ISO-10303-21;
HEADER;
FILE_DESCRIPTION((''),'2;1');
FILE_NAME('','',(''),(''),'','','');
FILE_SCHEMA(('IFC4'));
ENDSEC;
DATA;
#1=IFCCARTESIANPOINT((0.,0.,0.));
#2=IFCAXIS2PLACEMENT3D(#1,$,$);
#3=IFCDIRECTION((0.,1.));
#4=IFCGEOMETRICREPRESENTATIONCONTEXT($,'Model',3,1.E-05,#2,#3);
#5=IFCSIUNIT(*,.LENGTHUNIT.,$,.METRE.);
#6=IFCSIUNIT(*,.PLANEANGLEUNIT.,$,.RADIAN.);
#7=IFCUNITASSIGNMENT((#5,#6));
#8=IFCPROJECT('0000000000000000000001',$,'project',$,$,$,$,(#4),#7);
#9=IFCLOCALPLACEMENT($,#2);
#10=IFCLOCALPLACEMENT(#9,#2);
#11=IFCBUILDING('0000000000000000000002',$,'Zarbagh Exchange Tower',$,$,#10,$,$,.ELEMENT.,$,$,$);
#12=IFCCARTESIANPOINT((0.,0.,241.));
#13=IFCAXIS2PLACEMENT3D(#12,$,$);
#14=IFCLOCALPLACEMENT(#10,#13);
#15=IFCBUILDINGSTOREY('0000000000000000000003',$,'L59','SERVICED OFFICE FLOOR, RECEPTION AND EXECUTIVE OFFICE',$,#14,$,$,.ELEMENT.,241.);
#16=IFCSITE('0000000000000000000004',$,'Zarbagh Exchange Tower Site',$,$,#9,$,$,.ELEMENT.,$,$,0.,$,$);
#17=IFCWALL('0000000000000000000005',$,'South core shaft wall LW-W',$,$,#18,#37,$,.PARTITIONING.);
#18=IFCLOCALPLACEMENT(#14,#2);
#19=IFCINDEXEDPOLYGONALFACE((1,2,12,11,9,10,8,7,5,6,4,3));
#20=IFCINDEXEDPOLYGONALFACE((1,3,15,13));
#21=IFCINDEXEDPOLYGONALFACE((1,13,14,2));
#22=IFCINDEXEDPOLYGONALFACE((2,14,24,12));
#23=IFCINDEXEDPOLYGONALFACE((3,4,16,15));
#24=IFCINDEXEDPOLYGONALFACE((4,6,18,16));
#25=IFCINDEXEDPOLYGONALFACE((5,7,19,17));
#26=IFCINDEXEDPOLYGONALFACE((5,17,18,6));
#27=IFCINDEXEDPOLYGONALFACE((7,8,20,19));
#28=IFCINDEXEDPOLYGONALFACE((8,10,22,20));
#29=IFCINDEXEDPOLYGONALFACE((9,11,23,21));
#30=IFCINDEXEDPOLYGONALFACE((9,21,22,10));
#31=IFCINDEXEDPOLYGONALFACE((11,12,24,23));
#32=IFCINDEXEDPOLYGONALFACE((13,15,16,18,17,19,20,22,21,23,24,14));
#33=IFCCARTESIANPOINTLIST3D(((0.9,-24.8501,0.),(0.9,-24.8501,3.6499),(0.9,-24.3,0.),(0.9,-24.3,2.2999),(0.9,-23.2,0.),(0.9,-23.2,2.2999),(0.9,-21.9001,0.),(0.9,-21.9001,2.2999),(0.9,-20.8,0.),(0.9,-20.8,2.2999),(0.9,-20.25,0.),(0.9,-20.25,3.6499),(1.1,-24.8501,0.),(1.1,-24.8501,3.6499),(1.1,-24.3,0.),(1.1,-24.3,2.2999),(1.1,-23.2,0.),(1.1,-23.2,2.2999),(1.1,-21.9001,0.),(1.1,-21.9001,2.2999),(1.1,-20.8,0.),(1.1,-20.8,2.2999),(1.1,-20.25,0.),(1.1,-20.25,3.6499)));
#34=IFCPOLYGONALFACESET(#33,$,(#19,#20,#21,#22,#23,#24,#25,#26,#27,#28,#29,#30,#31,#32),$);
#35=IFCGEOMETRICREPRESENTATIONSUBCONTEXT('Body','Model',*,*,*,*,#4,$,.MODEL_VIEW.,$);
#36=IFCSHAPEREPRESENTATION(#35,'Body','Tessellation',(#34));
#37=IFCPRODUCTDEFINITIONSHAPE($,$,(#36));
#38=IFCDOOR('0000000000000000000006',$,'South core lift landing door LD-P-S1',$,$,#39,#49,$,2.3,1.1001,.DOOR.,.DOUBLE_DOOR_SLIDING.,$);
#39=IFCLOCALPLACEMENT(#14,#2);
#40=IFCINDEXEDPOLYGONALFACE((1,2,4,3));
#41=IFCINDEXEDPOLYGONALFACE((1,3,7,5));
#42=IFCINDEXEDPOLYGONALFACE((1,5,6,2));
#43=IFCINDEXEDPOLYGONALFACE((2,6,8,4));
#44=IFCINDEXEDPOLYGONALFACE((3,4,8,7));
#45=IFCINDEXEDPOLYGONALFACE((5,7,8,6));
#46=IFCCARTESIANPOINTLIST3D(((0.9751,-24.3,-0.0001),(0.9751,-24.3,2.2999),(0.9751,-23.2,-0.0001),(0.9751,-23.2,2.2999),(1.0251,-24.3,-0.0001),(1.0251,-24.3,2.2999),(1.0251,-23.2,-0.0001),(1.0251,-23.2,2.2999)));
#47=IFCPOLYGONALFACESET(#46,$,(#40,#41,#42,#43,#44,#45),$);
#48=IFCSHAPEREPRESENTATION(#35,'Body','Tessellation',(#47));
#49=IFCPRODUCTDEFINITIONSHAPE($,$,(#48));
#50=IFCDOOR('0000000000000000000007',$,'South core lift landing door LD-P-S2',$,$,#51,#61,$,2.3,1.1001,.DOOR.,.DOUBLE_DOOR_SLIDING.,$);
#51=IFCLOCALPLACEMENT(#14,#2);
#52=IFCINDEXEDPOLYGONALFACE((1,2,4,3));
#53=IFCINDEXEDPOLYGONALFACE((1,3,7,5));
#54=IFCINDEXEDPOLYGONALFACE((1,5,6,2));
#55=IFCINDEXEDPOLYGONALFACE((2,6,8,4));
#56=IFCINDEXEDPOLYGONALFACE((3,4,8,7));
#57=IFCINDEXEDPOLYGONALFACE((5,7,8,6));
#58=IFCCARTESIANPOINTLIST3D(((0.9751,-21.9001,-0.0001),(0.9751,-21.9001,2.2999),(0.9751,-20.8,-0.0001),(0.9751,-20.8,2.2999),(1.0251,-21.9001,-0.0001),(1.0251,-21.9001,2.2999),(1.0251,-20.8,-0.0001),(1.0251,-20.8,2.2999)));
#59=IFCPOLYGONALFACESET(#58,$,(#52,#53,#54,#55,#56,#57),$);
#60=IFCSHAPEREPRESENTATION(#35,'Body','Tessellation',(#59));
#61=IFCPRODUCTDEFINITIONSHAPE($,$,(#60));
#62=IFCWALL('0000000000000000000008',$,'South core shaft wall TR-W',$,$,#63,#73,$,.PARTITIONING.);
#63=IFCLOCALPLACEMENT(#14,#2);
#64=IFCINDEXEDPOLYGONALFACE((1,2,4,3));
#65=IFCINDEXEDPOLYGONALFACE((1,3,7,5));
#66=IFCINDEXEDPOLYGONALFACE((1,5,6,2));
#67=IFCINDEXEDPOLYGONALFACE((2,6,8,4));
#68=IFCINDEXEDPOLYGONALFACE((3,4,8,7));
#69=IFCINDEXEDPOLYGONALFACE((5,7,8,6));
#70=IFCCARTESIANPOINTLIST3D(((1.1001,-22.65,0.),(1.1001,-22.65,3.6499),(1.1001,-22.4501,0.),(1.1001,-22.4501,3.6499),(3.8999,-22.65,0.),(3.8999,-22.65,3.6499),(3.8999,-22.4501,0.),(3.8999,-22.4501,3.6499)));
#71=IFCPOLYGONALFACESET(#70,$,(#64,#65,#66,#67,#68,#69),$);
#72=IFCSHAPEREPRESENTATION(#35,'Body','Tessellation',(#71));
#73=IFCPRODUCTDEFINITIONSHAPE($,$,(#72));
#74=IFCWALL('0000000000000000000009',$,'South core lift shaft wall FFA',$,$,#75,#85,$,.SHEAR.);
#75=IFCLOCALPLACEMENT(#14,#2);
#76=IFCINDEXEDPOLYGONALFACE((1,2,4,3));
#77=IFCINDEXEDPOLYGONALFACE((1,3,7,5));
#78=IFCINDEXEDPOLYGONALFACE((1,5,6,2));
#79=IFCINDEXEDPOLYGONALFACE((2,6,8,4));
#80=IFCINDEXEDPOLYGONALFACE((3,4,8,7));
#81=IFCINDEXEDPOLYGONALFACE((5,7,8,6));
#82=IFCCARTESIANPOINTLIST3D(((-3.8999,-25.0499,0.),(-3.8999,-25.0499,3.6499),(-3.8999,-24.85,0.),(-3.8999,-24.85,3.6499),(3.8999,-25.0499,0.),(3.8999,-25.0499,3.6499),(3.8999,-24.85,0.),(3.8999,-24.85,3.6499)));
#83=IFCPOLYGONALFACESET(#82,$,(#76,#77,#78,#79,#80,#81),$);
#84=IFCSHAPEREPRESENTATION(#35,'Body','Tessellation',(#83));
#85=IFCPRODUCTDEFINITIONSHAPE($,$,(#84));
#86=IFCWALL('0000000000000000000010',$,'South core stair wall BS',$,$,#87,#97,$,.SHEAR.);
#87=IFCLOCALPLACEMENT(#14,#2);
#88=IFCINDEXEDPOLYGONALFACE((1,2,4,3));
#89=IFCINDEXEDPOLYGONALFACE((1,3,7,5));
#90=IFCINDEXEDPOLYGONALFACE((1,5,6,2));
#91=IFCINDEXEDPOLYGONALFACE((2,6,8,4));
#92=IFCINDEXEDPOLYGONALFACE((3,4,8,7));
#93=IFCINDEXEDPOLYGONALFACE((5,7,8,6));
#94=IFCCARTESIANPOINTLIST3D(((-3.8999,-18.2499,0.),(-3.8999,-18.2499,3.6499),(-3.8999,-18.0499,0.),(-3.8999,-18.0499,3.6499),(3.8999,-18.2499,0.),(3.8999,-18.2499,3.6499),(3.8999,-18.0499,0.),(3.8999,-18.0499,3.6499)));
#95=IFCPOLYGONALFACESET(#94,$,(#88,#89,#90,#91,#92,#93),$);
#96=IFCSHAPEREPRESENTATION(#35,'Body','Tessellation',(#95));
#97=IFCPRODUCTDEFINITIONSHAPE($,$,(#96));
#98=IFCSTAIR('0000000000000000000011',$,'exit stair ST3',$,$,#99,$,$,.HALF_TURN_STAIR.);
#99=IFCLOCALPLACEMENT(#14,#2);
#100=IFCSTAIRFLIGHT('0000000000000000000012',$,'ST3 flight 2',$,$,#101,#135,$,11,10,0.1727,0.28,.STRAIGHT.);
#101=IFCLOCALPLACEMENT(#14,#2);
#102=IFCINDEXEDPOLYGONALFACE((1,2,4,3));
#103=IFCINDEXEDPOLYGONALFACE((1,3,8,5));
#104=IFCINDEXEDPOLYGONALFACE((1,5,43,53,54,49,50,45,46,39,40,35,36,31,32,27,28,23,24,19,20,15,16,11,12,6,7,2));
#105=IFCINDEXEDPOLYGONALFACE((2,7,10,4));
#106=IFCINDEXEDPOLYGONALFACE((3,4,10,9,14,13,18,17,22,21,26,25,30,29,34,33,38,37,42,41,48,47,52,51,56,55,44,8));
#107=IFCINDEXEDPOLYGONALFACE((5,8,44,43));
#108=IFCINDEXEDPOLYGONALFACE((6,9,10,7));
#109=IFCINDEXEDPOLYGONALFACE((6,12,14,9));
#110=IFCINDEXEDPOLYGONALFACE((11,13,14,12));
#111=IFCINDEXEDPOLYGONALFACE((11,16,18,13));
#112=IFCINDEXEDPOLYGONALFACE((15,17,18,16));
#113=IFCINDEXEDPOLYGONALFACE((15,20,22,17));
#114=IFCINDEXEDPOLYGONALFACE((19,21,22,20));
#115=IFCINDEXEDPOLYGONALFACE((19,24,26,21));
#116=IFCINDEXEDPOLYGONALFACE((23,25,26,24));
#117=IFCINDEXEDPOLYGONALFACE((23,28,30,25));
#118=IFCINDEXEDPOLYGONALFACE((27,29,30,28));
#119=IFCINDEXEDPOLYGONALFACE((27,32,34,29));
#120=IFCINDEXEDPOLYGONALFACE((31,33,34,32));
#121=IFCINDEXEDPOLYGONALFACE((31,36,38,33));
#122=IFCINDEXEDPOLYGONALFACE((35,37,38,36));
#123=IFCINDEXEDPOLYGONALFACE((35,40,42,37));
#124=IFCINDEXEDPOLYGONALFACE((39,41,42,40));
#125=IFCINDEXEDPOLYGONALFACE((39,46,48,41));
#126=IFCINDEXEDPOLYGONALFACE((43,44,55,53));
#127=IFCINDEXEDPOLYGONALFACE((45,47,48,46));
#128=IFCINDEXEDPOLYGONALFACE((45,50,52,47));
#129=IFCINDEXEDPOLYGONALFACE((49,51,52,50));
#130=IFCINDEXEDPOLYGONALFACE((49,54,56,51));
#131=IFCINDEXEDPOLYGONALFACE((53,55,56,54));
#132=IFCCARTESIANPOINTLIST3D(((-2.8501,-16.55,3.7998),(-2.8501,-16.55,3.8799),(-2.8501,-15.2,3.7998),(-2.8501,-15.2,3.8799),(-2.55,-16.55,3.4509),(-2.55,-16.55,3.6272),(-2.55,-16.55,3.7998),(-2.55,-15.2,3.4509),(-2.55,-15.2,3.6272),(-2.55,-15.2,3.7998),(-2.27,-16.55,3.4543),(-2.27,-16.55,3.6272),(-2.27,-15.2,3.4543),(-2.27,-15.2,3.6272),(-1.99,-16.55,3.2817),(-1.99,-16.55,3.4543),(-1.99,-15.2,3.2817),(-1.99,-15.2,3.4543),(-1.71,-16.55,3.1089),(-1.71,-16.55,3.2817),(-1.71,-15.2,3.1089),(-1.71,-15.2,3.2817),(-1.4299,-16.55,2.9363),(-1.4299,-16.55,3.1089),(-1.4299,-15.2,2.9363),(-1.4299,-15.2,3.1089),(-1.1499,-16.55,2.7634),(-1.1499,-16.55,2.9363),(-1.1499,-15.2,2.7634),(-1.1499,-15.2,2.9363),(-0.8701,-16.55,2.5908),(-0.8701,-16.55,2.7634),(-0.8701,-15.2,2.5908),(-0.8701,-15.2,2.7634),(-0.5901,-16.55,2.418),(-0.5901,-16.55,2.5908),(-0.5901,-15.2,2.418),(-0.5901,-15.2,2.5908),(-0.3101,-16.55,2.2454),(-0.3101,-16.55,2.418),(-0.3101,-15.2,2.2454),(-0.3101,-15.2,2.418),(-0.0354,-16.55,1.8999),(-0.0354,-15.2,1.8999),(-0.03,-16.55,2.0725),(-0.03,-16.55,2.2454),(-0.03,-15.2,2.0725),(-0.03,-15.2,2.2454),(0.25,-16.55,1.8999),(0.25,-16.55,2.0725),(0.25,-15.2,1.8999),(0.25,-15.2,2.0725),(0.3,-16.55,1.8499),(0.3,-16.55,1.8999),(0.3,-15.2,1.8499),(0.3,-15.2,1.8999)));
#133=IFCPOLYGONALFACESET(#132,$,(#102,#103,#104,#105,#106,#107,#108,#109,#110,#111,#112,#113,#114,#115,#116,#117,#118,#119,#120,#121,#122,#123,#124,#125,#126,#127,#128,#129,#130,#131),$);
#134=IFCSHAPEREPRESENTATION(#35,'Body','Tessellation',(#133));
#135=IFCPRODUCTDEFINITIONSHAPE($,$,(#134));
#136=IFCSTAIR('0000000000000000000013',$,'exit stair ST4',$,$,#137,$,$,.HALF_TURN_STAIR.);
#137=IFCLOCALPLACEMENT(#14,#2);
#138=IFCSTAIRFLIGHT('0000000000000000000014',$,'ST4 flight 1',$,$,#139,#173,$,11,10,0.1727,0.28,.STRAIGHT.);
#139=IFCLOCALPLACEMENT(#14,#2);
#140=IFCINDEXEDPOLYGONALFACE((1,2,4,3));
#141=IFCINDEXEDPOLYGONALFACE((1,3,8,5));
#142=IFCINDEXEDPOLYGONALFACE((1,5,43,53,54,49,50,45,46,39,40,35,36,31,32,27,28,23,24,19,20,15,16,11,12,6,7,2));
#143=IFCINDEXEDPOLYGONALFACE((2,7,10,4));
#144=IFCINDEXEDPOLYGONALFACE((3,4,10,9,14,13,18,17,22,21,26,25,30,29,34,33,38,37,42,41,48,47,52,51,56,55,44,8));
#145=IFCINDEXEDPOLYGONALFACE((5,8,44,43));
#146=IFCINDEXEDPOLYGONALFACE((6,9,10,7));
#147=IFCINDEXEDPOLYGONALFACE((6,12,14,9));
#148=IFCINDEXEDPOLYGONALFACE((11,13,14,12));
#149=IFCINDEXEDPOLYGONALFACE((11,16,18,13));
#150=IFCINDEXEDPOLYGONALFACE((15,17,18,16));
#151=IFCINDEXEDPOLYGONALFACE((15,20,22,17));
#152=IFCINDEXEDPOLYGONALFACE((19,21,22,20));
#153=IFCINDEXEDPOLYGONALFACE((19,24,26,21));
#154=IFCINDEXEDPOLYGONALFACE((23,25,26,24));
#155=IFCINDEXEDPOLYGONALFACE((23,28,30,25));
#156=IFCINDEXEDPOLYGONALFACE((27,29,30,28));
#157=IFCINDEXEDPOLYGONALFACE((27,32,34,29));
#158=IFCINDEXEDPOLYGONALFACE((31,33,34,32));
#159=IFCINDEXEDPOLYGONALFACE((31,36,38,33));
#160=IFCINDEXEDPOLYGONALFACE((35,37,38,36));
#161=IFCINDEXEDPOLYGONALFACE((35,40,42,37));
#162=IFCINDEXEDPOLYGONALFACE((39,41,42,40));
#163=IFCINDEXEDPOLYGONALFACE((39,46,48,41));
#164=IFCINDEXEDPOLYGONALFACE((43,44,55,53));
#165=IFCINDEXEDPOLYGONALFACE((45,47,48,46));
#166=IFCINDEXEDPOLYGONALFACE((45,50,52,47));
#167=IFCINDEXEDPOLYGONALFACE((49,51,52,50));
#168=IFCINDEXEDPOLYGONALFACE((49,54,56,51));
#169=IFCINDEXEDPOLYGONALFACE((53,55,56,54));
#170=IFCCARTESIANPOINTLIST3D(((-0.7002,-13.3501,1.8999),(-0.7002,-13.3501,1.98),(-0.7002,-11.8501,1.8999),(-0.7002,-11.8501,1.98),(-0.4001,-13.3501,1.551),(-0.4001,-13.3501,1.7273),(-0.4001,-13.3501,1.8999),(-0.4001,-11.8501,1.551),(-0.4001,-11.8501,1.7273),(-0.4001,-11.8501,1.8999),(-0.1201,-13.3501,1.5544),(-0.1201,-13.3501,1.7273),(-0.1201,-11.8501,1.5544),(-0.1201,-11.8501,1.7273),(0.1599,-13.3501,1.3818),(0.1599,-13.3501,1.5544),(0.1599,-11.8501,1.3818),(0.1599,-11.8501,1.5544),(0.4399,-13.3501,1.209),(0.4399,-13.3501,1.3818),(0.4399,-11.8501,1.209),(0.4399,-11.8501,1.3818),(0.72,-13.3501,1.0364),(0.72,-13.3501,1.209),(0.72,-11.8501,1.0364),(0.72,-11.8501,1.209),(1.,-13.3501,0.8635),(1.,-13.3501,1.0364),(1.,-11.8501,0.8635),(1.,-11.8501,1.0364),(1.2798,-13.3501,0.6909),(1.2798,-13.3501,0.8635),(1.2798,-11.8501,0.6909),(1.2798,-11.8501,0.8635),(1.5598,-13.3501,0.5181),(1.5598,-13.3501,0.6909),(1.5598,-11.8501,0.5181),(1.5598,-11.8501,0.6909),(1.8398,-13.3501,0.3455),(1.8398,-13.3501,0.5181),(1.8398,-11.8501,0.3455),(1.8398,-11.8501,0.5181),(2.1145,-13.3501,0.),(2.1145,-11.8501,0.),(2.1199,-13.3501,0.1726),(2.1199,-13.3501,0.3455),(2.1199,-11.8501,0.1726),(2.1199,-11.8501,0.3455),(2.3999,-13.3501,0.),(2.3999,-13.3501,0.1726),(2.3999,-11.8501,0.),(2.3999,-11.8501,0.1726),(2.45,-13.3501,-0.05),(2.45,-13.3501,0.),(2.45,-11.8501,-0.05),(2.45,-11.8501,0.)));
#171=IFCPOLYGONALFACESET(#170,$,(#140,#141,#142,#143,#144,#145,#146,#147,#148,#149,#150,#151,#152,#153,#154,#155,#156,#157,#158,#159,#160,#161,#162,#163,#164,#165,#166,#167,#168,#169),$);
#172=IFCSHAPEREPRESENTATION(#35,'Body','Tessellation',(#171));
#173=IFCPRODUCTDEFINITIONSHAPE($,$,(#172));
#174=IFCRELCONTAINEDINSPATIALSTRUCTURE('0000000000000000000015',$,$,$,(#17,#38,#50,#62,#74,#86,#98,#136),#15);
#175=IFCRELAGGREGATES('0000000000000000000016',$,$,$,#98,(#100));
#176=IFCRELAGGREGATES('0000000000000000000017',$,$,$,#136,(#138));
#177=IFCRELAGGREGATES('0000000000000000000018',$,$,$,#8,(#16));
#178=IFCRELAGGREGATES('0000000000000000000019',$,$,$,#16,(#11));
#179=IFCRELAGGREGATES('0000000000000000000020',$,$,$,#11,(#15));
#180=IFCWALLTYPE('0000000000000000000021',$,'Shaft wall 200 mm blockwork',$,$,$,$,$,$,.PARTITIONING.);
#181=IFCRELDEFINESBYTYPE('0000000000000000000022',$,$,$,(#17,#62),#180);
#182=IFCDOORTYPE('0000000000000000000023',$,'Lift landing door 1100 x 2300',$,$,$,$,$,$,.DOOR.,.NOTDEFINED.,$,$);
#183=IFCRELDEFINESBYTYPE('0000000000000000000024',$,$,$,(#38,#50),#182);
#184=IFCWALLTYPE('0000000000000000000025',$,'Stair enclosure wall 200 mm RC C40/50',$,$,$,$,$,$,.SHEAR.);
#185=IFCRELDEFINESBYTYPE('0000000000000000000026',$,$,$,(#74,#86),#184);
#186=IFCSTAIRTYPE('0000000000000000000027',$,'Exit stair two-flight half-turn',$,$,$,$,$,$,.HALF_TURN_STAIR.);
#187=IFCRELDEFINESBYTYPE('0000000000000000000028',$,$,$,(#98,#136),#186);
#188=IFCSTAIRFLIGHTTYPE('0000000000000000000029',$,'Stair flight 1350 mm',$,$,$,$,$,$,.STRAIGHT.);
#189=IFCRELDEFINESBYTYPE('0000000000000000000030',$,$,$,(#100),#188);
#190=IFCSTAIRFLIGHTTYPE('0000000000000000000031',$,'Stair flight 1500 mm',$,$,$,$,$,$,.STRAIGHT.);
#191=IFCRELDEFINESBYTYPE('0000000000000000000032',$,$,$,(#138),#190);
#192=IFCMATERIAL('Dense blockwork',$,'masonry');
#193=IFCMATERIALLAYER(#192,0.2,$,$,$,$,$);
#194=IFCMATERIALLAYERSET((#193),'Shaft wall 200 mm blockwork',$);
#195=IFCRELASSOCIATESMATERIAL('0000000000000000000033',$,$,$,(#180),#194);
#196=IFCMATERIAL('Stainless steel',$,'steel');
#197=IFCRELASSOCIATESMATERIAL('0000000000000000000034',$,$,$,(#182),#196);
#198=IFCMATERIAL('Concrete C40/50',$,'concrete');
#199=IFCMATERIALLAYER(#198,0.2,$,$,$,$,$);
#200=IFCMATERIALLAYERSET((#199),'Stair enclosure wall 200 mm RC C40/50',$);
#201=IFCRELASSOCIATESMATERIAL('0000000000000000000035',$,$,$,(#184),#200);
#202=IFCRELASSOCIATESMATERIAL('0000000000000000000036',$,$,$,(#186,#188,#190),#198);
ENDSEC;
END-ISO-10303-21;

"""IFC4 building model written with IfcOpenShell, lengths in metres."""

from ifc_helpers import new_model, si_unit, direction, frame, frame_2d, origin, place, context, subcontext, project, spatial, polyline, rectangle, outline, extrude, material, layer, layer_set, type_object, element, fill, aggregate, save


model = new_model("IFC4")

# Units and contexts
model_context = context("Model", 3, precision=1e-05, world=origin(), true_north=direction((0.0, 1.0)))
body_context = subcontext(model_context, "Body", "Model", "MODEL_VIEW")
ifc_project = project(units=[si_unit("LENGTHUNIT", "METRE"), si_unit("PLANEANGLEUNIT", "RADIAN")], contexts=[model_context])

# Site, building, storey
site_placement = place(None, origin())
site = spatial("IfcSite", under=ifc_project, at=site_placement, Name="Zarbagh Exchange Tower Site", CompositionType="ELEMENT", RefElevation=0.0)
building_placement = place(site_placement, origin())
building = spatial("IfcBuilding", under=site, at=building_placement, Name="Zarbagh Exchange Tower", CompositionType="ELEMENT")
storey_placement = place(building_placement, frame((0.0, 0.0, 241.0)))
storey = spatial("IfcBuildingStorey", under=building, at=storey_placement, Name="L59", Description="SERVICED OFFICE FLOOR, RECEPTION AND EXECUTIVE OFFICE", CompositionType="ELEMENT", Elevation=241.0)

# Shared definitions
ifc_material_1 = material(Name="Dense blockwork", Category="masonry")
ifc_layer_1 = layer(ifc_material_1, 0.2)
ifc_layer_set_1 = layer_set([ifc_layer_1], Name="Shaft wall 200 mm blockwork")
wall_type_1 = type_object("IfcWallType", Name="Shaft wall 200 mm blockwork", PredefinedType="PARTITIONING", material=ifc_layer_set_1)

# Wall, openings, doors
wall_1_placement = place(storey_placement, frame((1.0, -24.8501, 0.0), z_axis=(0.0, 0.0, 1.0), x_axis=(0.0, 1.0, 0.0)))
wall_1 = element("IfcWall", 1, at=wall_1_placement, inside=storey, type_object=wall_type_1, Name="South core shaft wall LW-W", PredefinedType="PARTITIONING", context=body_context, shape_type="SweptSolid", body=[
    extrude(rectangle(XDim=4.6001, YDim=0.2, at=frame_2d((2.3, 0.0))), origin(), (0.0, 0.0, 1.0), 3.6499),
])
opening_1_placement = place(wall_1_placement, frame((0.55, 0.0, 0.0)))
opening_1 = element("IfcOpeningElement", 2, at=opening_1_placement, cuts=wall_1, PredefinedType="OPENING", context=body_context, shape_type="SweptSolid", body=[
    extrude(rectangle(XDim=1.1001, YDim=2.3, at=frame_2d((0.55, 1.1499))), frame((0.0, 0.1099, 0.0), z_axis=(0.0, -1.0, 0.0), x_axis=(1.0, 0.0, 0.0)), (0.0, 0.0, 1.0), 0.22),
])
opening_2_placement = place(wall_1_placement, frame((2.95, 0.0, 0.0)))
opening_2 = element("IfcOpeningElement", 3, at=opening_2_placement, cuts=wall_1, PredefinedType="OPENING", context=body_context, shape_type="SweptSolid", body=[
    extrude(rectangle(XDim=1.1001, YDim=2.3, at=frame_2d((0.55, 1.1499))), frame((0.0, 0.1099, 0.0), z_axis=(0.0, -1.0, 0.0), x_axis=(1.0, 0.0, 0.0)), (0.0, 0.0, 1.0), 0.22),
])
ifc_material_2 = material(Name="Stainless steel", Category="steel")
door_type = type_object("IfcDoorType", Name="Lift landing door 1100 x 2300", OperationType="NOTDEFINED", PredefinedType="DOOR", material=ifc_material_2)
door_1_placement = place(opening_1_placement, origin())
door_1 = element("IfcDoor", 4, at=door_1_placement, inside=storey, type_object=door_type, Name="South core lift landing door LD-P-S1", OperationType="DOUBLE_DOOR_SLIDING", OverallHeight=2.3, OverallWidth=1.1001, PredefinedType="DOOR", context=body_context, shape_type="SweptSolid", body=[
    extrude(rectangle(XDim=1.1001, YDim=2.3, at=frame_2d((0.55, 1.1499))), frame((0.0, 0.0249, 0.0), z_axis=(0.0, -1.0, 0.0), x_axis=(1.0, 0.0, 0.0)), (0.0, 0.0, 1.0), 0.05),
])
fill(opening_1, door_1)
door_2_placement = place(opening_2_placement, origin())
door_2 = element("IfcDoor", 5, at=door_2_placement, inside=storey, type_object=door_type, Name="South core lift landing door LD-P-S2", OperationType="DOUBLE_DOOR_SLIDING", OverallHeight=2.3, OverallWidth=1.1001, PredefinedType="DOOR", context=body_context, shape_type="SweptSolid", body=[
    extrude(rectangle(XDim=1.1001, YDim=2.3, at=frame_2d((0.55, 1.1499))), frame((0.0, 0.0249, 0.0), z_axis=(0.0, -1.0, 0.0), x_axis=(1.0, 0.0, 0.0)), (0.0, 0.0, 1.0), 0.05),
])
fill(opening_2, door_2)

# Walls
wall_2_placement = place(storey_placement, frame((3.8999, -22.55, 0.0), z_axis=(0.0, 0.0, 1.0), x_axis=(-1.0, 0.0, 0.0)))
element("IfcWall", 6, at=wall_2_placement, inside=storey, type_object=wall_type_1, Name="South core shaft wall TR-W", PredefinedType="PARTITIONING", context=body_context, shape_type="SweptSolid", body=[
    extrude(rectangle(XDim=2.7998, YDim=0.2, at=frame_2d((1.3999, 0.0))), origin(), (0.0, 0.0, 1.0), 3.6499),
])
ifc_material_3 = material(Name="Concrete C40/50", Category="concrete")
ifc_layer_2 = layer(ifc_material_3, 0.2)
ifc_layer_set_2 = layer_set([ifc_layer_2], Name="Stair enclosure wall 200 mm RC C40/50")
wall_type_2 = type_object("IfcWallType", Name="Stair enclosure wall 200 mm RC C40/50", PredefinedType="SHEAR", material=ifc_layer_set_2)
for number, where, z_axis, x_axis, name in (
    (7, (3.8999, -24.95, 0.0), (0.0, 0.0, 1.0), (-1.0, 0.0, 0.0), "South core lift shaft wall FFA"),
    (8, (3.8999, -18.1499, 0.0), (0.0, 0.0, 1.0), (-1.0, 0.0, 0.0), "South core stair wall BS"),
):
    element("IfcWall", number, at=place(storey_placement, frame(where, z_axis=z_axis, x_axis=x_axis)), inside=storey, type_object=wall_type_2, Name=name, PredefinedType="SHEAR", context=body_context, shape_type="SweptSolid", body=[
        extrude(rectangle(XDim=7.7998, YDim=0.2, at=frame_2d((3.8999, 0.0))), origin(), (0.0, 0.0, 1.0), 3.6499),
    ])

# Stairs, stair flights
stair_type = type_object("IfcStairType", Name="Exit stair two-flight half-turn", PredefinedType="HALF_TURN_STAIR", material=ifc_material_3)
stair_1_placement = place(storey_placement, origin())
stair_1 = element("IfcStair", 9, at=stair_1_placement, inside=storey, type_object=stair_type, Name="exit stair ST3", PredefinedType="HALF_TURN_STAIR")
stair_flight_type_1 = type_object("IfcStairFlightType", Name="Stair flight 1350 mm", PredefinedType="STRAIGHT", material=ifc_material_3)
stair_flight_1_placement = place(storey_placement, frame((0.25, -15.875, 1.8999), z_axis=(0.0, 0.0, 1.0), x_axis=(-1.0, 0.0, 0.0)))
stair_flight_1 = element("IfcStairFlight", 10, at=stair_flight_1_placement, type_object=stair_flight_type_1, Name="ST3 flight 2", NumberOfRisers=11, NumberOfTreads=10, PredefinedType="STRAIGHT", RiserHeight=0.1727, TreadLength=0.28, context=body_context, shape_type="SweptSolid", body=[
    extrude(outline(polyline([(-0.05, -0.05), (-0.05, 0.0), (0.0, 0.0), (0.0, 0.1726), (0.28, 0.1726), (0.28, 0.3455), (0.5601, 0.3455), (0.5601, 0.5181), (0.8401, 0.5181), (0.8401, 0.6909), (1.1201, 0.6909), (1.1201, 0.8635), (1.3999, 0.8635), (1.3999, 1.0364), (1.6799, 1.0364), (1.6799, 1.209), (1.96, 1.209), (1.96, 1.3818), (2.24, 1.3818), (2.24, 1.5544), (2.52, 1.5544), (2.52, 1.7273), (2.8, 1.7273), (2.8, 1.8999), (3.1001, 1.98), (3.1001, 1.8999), (2.8, 1.551), (0.2854, 0.0), (-0.05, -0.05)])), frame((0.0, 0.675, 0.0), z_axis=(0.0, -1.0, 0.0), x_axis=(1.0, 0.0, 0.0)), (0.0, 0.0, 1.0), 1.3501),
])
aggregate(stair_1, [stair_flight_1])
stair_2_placement = place(storey_placement, origin())
stair_2 = element("IfcStair", 11, at=stair_2_placement, inside=storey, type_object=stair_type, Name="exit stair ST4", PredefinedType="HALF_TURN_STAIR")
stair_flight_type_2 = type_object("IfcStairFlightType", Name="Stair flight 1500 mm", PredefinedType="STRAIGHT", material=ifc_material_3)
stair_flight_2_placement = place(storey_placement, frame((2.3999, -12.6001, 0.0), z_axis=(0.0, 0.0, 1.0), x_axis=(-1.0, 0.0, 0.0)))
stair_flight_2 = element("IfcStairFlight", 12, at=stair_flight_2_placement, type_object=stair_flight_type_2, Name="ST4 flight 1", NumberOfRisers=11, NumberOfTreads=10, PredefinedType="STRAIGHT", RiserHeight=0.1727, TreadLength=0.28, context=body_context, shape_type="SweptSolid", body=[
    extrude(outline(polyline([(-0.05, -0.05), (-0.05, 0.0), (0.0, 0.0), (0.0, 0.1726), (0.28, 0.1726), (0.28, 0.3455), (0.5601, 0.3455), (0.5601, 0.5181), (0.8401, 0.5181), (0.8401, 0.6909), (1.1201, 0.6909), (1.1201, 0.8635), (1.3999, 0.8635), (1.3999, 1.0364), (1.6799, 1.0364), (1.6799, 1.209), (1.96, 1.209), (1.96, 1.3818), (2.24, 1.3818), (2.24, 1.5544), (2.52, 1.5544), (2.52, 1.7273), (2.8, 1.7273), (2.8, 1.8999), (3.1001, 1.98), (3.1001, 1.8999), (2.8, 1.551), (0.2854, 0.0), (-0.05, -0.05)])), frame((0.0, 0.75, 0.0), z_axis=(0.0, -1.0, 0.0), x_axis=(1.0, 0.0, 0.0)), (0.0, 0.0, 1.0), 1.5),
])
aggregate(stair_2, [stair_flight_2])

save(model, "model.ifc")
